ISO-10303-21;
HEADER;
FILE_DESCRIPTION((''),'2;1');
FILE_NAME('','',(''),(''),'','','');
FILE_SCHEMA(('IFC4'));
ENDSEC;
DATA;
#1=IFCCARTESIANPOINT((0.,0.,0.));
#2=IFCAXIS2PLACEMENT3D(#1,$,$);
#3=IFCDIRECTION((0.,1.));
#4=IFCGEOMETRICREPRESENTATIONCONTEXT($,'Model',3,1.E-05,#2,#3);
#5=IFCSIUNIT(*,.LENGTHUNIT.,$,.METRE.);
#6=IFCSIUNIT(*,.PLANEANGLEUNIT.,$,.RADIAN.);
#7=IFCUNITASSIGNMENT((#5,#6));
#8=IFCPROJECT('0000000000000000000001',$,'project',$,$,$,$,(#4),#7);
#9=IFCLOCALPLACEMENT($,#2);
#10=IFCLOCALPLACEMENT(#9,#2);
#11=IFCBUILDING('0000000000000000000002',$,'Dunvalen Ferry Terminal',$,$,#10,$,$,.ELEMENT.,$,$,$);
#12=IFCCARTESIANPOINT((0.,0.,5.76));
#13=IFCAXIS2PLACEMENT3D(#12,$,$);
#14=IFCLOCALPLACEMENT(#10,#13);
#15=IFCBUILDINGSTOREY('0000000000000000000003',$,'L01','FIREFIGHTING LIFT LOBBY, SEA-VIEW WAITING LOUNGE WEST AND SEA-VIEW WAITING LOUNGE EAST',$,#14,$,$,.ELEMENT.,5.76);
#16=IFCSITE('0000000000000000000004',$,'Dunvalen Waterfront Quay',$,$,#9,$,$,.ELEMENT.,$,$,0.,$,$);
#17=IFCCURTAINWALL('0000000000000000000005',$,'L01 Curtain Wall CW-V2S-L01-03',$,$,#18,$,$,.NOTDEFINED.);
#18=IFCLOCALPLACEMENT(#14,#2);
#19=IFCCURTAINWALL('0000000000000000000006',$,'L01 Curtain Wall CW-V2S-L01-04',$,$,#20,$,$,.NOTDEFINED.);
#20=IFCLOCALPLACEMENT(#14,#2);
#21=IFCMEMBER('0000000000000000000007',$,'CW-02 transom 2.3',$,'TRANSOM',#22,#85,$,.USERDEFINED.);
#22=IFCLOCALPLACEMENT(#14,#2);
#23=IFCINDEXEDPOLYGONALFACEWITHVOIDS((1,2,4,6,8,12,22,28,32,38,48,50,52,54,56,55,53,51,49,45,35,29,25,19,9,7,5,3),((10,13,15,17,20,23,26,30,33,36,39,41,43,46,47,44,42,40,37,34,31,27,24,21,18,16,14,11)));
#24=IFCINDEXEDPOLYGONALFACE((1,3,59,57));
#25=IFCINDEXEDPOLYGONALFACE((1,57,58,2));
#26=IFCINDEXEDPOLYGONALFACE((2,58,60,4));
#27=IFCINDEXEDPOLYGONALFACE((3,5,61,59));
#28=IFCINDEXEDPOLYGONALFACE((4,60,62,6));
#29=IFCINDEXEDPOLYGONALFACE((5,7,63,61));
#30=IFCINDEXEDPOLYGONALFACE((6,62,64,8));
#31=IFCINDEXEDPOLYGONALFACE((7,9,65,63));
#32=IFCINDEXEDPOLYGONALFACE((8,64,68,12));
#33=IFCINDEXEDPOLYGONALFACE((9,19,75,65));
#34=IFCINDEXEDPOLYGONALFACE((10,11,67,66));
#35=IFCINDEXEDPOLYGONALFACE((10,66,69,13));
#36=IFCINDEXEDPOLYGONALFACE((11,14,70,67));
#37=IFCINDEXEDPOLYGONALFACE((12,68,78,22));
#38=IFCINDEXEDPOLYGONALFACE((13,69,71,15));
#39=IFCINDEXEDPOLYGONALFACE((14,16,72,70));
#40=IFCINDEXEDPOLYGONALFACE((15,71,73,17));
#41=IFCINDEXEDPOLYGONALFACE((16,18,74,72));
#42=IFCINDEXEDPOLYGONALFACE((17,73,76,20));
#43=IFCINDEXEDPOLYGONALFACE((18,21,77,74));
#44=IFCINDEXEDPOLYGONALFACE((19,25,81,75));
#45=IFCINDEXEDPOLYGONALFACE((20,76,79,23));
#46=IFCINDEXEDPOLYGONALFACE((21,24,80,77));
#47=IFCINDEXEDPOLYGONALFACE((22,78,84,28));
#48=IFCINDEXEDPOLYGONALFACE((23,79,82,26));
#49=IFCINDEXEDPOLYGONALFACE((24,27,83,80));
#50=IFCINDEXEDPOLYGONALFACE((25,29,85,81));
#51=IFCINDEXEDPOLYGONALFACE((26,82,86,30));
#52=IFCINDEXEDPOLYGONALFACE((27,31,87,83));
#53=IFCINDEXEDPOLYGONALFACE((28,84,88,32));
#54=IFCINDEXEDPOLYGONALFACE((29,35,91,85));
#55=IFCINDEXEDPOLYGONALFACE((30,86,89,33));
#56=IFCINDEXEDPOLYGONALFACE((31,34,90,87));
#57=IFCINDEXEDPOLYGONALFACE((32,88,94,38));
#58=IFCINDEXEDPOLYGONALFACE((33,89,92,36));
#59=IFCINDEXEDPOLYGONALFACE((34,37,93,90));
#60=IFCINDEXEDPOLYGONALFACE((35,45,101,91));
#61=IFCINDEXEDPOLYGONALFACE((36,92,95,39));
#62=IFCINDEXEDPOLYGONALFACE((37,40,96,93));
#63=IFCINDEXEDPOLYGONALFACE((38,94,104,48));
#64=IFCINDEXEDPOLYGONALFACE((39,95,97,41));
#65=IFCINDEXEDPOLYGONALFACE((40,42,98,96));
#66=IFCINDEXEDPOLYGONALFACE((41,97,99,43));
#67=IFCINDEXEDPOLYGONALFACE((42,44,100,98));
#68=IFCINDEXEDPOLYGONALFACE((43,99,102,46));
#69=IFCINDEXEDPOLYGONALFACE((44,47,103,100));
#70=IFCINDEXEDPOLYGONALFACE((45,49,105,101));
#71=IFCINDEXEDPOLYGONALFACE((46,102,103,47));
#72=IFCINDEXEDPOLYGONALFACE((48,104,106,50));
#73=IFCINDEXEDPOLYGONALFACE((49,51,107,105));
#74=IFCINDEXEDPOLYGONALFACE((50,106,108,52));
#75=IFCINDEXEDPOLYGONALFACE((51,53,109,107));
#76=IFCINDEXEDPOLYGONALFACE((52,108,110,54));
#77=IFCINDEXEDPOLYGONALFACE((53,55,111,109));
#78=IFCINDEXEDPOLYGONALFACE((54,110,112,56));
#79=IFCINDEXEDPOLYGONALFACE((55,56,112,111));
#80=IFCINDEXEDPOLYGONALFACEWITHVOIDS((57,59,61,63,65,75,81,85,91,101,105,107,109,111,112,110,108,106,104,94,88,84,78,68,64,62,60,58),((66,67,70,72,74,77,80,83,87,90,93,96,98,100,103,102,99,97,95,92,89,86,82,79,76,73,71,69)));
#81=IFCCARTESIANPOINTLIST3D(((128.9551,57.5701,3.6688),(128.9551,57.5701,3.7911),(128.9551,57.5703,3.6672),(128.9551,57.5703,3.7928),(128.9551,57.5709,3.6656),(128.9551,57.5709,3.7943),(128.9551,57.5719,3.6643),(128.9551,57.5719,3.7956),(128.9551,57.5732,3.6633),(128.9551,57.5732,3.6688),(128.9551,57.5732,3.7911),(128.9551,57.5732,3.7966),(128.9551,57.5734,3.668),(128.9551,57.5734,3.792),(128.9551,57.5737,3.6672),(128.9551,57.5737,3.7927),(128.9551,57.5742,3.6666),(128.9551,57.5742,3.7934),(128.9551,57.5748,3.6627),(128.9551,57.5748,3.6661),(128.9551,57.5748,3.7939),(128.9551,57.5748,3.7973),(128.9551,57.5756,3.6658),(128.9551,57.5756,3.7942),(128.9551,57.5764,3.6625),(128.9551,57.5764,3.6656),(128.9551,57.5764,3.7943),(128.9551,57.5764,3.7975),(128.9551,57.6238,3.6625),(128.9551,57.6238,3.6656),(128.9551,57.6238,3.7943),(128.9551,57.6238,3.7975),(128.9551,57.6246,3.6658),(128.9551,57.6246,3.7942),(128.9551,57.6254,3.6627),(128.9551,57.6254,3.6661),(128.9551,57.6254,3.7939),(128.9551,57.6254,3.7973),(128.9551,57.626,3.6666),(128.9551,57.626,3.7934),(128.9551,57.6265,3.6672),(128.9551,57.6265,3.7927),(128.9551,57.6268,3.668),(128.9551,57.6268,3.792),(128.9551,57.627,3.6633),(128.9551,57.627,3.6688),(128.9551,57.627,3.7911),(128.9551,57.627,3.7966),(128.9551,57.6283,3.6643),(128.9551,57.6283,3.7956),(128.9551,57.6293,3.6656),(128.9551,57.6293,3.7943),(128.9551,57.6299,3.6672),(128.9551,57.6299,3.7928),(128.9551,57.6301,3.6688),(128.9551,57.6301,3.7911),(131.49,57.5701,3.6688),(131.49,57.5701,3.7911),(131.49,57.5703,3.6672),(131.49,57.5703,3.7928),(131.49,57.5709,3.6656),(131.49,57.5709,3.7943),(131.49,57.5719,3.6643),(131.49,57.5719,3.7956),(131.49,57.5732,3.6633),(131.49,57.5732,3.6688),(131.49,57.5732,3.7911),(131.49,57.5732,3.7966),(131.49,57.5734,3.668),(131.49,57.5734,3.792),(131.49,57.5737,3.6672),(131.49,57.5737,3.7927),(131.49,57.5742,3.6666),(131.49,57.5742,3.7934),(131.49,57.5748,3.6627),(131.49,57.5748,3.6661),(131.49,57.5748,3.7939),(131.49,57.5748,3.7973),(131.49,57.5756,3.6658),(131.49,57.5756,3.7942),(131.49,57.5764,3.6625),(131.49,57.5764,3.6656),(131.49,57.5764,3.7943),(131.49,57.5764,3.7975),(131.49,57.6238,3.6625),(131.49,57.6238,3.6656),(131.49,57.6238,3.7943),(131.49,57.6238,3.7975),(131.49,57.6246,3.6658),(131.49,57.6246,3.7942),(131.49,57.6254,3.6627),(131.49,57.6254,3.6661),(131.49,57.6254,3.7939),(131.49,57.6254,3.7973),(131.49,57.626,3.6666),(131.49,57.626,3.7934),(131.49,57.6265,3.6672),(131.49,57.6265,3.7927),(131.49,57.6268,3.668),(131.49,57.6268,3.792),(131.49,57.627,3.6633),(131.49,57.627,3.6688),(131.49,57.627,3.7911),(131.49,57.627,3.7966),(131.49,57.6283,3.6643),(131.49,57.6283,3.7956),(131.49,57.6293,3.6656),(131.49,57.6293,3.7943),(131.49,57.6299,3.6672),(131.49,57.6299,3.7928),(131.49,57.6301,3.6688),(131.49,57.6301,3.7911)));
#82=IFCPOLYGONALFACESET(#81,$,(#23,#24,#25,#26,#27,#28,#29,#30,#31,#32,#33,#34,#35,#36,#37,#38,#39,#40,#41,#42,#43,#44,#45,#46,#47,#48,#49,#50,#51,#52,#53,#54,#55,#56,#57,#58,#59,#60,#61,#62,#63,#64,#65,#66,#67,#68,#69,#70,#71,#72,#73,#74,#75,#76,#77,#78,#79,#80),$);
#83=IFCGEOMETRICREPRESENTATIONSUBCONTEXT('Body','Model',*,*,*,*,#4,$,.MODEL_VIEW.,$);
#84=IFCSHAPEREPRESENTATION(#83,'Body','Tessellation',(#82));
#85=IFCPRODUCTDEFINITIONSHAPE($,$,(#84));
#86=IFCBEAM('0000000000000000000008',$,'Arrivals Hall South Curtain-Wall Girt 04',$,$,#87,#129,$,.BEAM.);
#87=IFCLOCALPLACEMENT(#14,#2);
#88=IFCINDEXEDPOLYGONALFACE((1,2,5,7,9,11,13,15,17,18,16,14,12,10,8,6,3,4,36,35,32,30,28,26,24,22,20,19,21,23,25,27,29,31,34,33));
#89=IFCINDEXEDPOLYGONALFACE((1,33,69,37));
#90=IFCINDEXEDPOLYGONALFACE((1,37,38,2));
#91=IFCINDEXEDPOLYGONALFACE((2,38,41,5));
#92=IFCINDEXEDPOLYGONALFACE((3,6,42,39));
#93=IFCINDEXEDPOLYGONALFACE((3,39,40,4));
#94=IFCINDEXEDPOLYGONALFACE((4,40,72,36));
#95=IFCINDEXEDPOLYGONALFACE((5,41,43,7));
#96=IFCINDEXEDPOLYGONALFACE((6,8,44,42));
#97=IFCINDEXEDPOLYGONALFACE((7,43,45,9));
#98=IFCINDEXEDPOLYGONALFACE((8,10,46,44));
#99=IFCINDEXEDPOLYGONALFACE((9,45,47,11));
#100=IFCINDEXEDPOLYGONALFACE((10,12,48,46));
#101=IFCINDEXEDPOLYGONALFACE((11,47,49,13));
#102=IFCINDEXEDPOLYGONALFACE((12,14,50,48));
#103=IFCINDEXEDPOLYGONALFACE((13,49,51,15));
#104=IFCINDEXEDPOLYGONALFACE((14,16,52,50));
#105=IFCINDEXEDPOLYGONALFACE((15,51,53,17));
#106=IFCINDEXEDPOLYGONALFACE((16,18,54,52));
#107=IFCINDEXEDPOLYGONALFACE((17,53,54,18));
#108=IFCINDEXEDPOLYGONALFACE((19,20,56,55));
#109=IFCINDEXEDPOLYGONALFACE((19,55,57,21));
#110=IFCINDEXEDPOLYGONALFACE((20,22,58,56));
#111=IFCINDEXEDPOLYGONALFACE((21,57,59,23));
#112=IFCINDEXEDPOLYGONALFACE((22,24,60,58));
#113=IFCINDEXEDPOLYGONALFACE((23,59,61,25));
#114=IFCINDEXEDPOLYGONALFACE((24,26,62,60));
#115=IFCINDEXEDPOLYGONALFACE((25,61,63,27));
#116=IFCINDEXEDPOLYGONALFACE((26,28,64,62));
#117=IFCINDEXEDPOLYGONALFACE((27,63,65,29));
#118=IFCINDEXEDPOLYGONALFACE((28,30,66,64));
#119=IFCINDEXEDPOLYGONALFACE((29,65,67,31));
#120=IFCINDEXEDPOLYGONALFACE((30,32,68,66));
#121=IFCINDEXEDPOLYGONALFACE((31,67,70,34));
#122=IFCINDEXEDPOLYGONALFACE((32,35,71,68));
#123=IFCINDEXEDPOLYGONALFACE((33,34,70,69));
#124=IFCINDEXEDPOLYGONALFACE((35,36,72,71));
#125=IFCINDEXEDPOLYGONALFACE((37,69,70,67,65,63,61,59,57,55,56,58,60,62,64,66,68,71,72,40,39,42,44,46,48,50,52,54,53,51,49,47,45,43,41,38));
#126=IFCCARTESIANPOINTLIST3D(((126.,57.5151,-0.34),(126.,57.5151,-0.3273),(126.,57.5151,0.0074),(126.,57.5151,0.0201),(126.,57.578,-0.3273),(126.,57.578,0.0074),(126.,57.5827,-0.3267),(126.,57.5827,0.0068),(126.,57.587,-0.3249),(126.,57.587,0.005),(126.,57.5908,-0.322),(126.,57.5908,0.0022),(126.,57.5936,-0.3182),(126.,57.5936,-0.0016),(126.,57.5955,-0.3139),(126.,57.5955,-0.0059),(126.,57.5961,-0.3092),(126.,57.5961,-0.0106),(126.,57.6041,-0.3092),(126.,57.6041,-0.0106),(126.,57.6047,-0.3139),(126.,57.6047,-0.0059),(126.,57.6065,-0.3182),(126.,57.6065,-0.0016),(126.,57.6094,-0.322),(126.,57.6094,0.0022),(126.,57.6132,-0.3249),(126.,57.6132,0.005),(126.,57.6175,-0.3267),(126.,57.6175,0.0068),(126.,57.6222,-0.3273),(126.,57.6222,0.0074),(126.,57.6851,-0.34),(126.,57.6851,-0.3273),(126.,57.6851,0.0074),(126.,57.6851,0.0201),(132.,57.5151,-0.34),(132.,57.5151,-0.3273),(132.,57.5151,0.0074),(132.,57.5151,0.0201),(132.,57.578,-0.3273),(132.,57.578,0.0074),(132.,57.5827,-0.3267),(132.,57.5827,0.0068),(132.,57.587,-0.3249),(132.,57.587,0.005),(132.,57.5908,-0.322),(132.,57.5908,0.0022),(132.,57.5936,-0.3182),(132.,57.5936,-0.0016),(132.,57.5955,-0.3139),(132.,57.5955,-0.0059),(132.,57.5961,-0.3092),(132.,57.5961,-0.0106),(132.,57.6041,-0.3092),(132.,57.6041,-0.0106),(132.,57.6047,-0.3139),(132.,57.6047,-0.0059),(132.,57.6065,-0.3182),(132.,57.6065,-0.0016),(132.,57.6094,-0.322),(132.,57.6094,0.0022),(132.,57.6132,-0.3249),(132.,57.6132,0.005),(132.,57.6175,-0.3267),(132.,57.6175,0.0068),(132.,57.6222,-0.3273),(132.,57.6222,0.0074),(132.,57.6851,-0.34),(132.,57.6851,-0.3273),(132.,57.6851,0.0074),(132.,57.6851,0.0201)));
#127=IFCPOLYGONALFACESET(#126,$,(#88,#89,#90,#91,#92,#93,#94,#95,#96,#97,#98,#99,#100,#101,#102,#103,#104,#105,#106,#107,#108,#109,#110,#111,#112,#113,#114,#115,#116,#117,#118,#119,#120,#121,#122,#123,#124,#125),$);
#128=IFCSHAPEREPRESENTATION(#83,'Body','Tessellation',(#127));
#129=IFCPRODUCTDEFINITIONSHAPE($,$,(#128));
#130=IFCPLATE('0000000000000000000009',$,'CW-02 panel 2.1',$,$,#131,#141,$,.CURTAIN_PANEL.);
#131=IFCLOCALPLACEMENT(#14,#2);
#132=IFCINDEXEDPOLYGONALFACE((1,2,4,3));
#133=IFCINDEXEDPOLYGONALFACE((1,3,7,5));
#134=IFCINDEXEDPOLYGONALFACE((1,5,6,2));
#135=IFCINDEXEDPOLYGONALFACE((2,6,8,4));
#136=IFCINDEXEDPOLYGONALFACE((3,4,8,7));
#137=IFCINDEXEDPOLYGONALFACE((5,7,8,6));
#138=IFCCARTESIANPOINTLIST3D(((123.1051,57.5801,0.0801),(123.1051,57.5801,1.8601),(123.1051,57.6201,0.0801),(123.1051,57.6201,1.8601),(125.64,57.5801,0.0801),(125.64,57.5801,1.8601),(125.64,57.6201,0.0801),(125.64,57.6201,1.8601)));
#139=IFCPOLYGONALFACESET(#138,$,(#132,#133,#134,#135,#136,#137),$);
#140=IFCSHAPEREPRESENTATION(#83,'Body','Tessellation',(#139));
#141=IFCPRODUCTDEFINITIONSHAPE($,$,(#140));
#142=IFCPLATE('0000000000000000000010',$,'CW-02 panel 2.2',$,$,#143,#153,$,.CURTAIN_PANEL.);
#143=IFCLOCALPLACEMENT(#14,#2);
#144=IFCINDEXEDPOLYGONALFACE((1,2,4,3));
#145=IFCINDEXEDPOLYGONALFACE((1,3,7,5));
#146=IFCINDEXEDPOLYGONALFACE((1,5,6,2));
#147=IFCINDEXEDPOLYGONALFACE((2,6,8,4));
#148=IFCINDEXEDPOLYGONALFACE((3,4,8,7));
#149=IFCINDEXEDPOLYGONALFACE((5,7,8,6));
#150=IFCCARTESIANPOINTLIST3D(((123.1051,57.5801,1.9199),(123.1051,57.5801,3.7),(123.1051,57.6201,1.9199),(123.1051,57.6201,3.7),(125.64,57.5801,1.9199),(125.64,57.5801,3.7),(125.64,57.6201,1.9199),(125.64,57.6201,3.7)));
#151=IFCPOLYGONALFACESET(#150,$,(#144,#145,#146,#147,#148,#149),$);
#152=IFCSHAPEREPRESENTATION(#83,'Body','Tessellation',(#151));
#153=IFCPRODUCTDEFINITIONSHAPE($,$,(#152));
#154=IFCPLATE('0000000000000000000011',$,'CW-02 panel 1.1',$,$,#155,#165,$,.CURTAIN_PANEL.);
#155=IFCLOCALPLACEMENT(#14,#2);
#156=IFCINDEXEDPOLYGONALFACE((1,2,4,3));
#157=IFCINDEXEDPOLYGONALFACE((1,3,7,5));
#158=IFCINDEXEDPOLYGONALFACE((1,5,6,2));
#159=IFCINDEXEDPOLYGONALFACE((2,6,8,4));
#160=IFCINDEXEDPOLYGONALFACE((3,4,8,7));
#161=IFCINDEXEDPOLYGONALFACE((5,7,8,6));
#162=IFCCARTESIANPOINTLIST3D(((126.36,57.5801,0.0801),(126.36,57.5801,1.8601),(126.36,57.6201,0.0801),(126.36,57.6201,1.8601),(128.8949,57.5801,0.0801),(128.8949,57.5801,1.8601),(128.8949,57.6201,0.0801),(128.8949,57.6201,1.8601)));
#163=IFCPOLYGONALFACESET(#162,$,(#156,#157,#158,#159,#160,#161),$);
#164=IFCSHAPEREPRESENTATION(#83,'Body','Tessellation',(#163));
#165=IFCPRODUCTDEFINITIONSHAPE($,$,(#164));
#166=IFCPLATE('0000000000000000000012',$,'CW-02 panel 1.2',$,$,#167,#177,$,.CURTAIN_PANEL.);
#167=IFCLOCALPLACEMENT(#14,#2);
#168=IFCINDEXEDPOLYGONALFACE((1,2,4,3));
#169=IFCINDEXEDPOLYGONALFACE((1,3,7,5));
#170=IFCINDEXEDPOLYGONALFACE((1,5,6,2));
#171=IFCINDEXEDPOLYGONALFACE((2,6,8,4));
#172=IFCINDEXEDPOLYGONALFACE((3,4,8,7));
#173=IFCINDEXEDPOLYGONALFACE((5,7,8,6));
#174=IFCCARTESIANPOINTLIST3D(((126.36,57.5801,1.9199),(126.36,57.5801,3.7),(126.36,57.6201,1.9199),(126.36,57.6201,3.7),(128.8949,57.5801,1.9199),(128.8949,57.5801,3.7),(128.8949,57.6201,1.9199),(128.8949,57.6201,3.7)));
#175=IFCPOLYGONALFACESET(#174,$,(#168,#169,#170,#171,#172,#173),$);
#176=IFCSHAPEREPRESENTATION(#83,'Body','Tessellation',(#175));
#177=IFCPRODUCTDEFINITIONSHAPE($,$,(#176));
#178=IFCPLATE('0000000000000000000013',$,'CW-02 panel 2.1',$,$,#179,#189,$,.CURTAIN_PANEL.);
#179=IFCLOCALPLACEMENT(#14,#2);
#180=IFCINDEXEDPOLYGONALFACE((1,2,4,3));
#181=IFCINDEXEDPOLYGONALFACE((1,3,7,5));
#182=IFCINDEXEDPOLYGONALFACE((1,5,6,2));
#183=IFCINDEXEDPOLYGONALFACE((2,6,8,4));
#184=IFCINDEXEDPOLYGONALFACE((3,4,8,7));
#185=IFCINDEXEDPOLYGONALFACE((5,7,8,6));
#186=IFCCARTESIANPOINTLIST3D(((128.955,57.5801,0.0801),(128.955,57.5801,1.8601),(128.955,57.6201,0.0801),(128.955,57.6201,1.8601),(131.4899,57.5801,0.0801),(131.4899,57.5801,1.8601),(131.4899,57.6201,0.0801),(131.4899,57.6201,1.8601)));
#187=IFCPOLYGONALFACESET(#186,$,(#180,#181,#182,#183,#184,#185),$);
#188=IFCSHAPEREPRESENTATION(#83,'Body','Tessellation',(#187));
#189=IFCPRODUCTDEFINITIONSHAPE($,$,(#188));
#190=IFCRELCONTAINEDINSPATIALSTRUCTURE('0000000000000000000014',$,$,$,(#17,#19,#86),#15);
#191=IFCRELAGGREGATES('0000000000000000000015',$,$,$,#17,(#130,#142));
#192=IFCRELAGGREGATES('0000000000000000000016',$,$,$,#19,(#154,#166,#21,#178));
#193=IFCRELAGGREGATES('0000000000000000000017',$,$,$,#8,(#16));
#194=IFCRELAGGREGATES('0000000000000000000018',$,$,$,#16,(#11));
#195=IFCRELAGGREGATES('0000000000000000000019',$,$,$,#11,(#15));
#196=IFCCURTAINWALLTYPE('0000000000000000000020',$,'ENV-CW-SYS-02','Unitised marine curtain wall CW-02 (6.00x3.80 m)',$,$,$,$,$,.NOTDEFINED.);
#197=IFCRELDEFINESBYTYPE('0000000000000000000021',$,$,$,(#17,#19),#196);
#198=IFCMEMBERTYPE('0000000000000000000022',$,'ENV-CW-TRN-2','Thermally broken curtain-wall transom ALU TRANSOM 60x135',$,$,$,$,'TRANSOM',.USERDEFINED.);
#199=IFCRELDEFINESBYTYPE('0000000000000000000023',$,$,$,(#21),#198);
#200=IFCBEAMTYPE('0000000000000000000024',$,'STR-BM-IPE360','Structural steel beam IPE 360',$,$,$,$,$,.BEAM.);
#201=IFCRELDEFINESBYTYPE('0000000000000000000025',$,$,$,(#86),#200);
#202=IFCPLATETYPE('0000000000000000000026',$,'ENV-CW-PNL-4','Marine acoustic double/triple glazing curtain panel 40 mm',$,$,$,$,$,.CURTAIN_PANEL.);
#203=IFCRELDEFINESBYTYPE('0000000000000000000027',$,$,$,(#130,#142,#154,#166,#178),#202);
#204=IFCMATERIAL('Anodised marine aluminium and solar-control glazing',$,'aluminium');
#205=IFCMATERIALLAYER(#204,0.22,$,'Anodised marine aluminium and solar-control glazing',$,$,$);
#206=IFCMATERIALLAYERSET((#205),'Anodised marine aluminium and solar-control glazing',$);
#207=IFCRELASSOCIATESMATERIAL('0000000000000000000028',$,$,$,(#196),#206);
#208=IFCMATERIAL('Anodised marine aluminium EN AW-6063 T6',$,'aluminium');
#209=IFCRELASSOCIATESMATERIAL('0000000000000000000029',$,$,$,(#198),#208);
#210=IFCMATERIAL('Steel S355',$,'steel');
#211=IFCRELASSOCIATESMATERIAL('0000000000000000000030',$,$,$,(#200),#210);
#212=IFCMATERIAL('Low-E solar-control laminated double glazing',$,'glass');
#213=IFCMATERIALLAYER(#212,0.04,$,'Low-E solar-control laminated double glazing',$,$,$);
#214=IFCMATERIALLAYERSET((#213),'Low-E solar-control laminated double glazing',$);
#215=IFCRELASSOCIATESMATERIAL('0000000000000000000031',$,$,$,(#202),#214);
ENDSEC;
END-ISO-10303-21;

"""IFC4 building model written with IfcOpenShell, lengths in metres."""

from ifc_helpers import new_model, si_unit, direction, frame, origin, origin_2d, place, context, subcontext, project, spatial, rectangle, hollow_rectangle, i_section, extrude, material, layer, layer_set, material_profile, profile_set, type_object, element, aggregate, save


model = new_model("IFC4")

# Units and contexts
model_context = context("Model", 3, precision=1e-05, world=origin(), true_north=direction((0.0, 1.0)))
body_context = subcontext(model_context, "Body", "Model", "MODEL_VIEW")
ifc_project = project(units=[si_unit("LENGTHUNIT", "METRE"), si_unit("PLANEANGLEUNIT", "RADIAN")], contexts=[model_context])

# Site, building, storey
site_placement = place(None, origin())
site = spatial("IfcSite", under=ifc_project, at=site_placement, Name="Dunvalen Waterfront Quay", CompositionType="ELEMENT", RefElevation=0.0)
building_placement = place(site_placement, origin())
building = spatial("IfcBuilding", under=site, at=building_placement, Name="Dunvalen Ferry Terminal", CompositionType="ELEMENT")
storey_placement = place(building_placement, frame((0.0, 0.0, 5.76)))
storey = spatial("IfcBuildingStorey", under=building, at=storey_placement, Name="L01", Description="FIREFIGHTING LIFT LOBBY, SEA-VIEW WAITING LOUNGE WEST AND SEA-VIEW WAITING LOUNGE EAST", CompositionType="ELEMENT", Elevation=5.76)

# Curtain wall
ifc_material_1 = material(Name="Anodised marine aluminium and solar-control glazing", Category="aluminium")
ifc_layer_1 = layer(ifc_material_1, 0.22, Name="Anodised marine aluminium and solar-control glazing")
ifc_layer_set_1 = layer_set([ifc_layer_1], Name="Anodised marine aluminium and solar-control glazing")
curtain_wall_type = type_object("IfcCurtainWallType", Name="ENV-CW-SYS-02", Description="Unitised marine curtain wall CW-02 (6.00x3.80 m)", PredefinedType="NOTDEFINED", material=ifc_layer_set_1)
curtain_wall_1_placement = place(storey_placement, origin())
curtain_wall_1 = element("IfcCurtainWall", 1, at=curtain_wall_1_placement, inside=storey, type_object=curtain_wall_type, Name="L01 Curtain Wall CW-V2S-L01-03", PredefinedType="NOTDEFINED")
ifc_material_2 = material(Name="Anodised marine aluminium EN AW-6063 T6", Category="aluminium")

# Curtain wall
curtain_wall_2_placement = place(storey_placement, origin())
curtain_wall_2 = element("IfcCurtainWall", 2, at=curtain_wall_2_placement, inside=storey, type_object=curtain_wall_type, Name="L01 Curtain Wall CW-V2S-L01-04", PredefinedType="NOTDEFINED")

# Member
ifc_material_profile_1 = material_profile(ifc_material_2, hollow_rectangle(XDim=0.0601, YDim=0.135, WallThickness=0.0032, InnerFilletRadius=0.0032, OuterFilletRadius=0.0063, at=origin_2d()), Name="Anodised marine aluminium EN AW-6063 T6")
ifc_profile_set_1 = profile_set([ifc_material_profile_1], Name="Anodised marine aluminium EN AW-6063 T6")
member_type_1 = type_object("IfcMemberType", Name="ENV-CW-TRN-2", Description="Thermally broken curtain-wall transom ALU TRANSOM 60x135", ElementType="TRANSOM", PredefinedType="USERDEFINED", material=ifc_profile_set_1)
member_1_placement = place(storey_placement, frame((128.9551, 57.6001, 3.73), z_axis=(1.0, 0.0, 0.0), x_axis=(0.0, 1.0, 0.0)))
member_1 = element("IfcMember", 3, at=member_1_placement, type_object=member_type_1, Name="CW-02 transom 2.3", ObjectType="TRANSOM", PredefinedType="USERDEFINED", context=body_context, shape_type="SweptSolid", body=[
    extrude(hollow_rectangle(XDim=0.0601, YDim=0.135, WallThickness=0.0032, InnerFilletRadius=0.0032, OuterFilletRadius=0.0063, at=origin_2d()), origin(), (0.0, 0.0, 1.0), 2.5349),
])

# Beam
ifc_material_3 = material(Name="Steel S355", Category="steel")
ifc_material_profile_2 = material_profile(ifc_material_3, i_section(OverallWidth=0.1699, OverallDepth=0.3601, WebThickness=0.0081, FlangeThickness=0.0127, FilletRadius=0.0181, at=origin_2d()), Name="Steel S355")
ifc_profile_set_2 = profile_set([ifc_material_profile_2], Name="Steel S355")
beam_type = type_object("IfcBeamType", Name="STR-BM-IPE360", Description="Structural steel beam IPE 360", PredefinedType="BEAM", material=ifc_profile_set_2)
beam_placement = place(storey_placement, frame((126.0, 57.6001, -0.1599), z_axis=(1.0, 0.0, 0.0), x_axis=(0.0, 1.0, 0.0)))
element("IfcBeam", 4, at=beam_placement, inside=storey, type_object=beam_type, Name="Arrivals Hall South Curtain-Wall Girt 04", PredefinedType="BEAM", context=body_context, shape_type="SweptSolid", body=[
    extrude(i_section(OverallWidth=0.1699, OverallDepth=0.3601, WebThickness=0.0081, FlangeThickness=0.0127, FilletRadius=0.0181, at=origin_2d()), origin(), (0.0, 0.0, 1.0), 6.0),
])

# Plates
ifc_material_4 = material(Name="Low-E solar-control laminated double glazing", Category="glass")
ifc_layer_2 = layer(ifc_material_4, 0.04, Name="Low-E solar-control laminated double glazing")
ifc_layer_set_2 = layer_set([ifc_layer_2], Name="Low-E solar-control laminated double glazing")
plate_type = type_object("IfcPlateType", Name="ENV-CW-PNL-4", Description="Marine acoustic double/triple glazing curtain panel 40 mm", PredefinedType="CURTAIN_PANEL", material=ifc_layer_set_2)
plate_1_placement = place(storey_placement, frame((124.3726, 57.6001, 0.0801), z_axis=(0.0, 0.0, 1.0), x_axis=(1.0, 0.0, 0.0)))
plate_1 = element("IfcPlate", 5, at=plate_1_placement, type_object=plate_type, Name="CW-02 panel 2.1", PredefinedType="CURTAIN_PANEL", context=body_context, shape_type="SweptSolid", body=[
    extrude(rectangle(XDim=2.5349, YDim=0.04, at=origin_2d()), origin(), (0.0, 0.0, 1.0), 1.78),
])
plate_2_placement = place(storey_placement, frame((124.3726, 57.6001, 1.9199), z_axis=(0.0, 0.0, 1.0), x_axis=(1.0, 0.0, 0.0)))
plate_2 = element("IfcPlate", 6, at=plate_2_placement, type_object=plate_type, Name="CW-02 panel 2.2", PredefinedType="CURTAIN_PANEL", context=body_context, shape_type="SweptSolid", body=[
    extrude(rectangle(XDim=2.5349, YDim=0.04, at=origin_2d()), origin(), (0.0, 0.0, 1.0), 1.78),
])
aggregate(curtain_wall_1, [plate_1, plate_2])
plate_3_placement = place(storey_placement, frame((127.6274, 57.6001, 0.0801), z_axis=(0.0, 0.0, 1.0), x_axis=(1.0, 0.0, 0.0)))
plate_3 = element("IfcPlate", 7, at=plate_3_placement, type_object=plate_type, Name="CW-02 panel 1.1", PredefinedType="CURTAIN_PANEL", context=body_context, shape_type="SweptSolid", body=[
    extrude(rectangle(XDim=2.5349, YDim=0.04, at=origin_2d()), origin(), (0.0, 0.0, 1.0), 1.78),
])
plate_4_placement = place(storey_placement, frame((127.6274, 57.6001, 1.9199), z_axis=(0.0, 0.0, 1.0), x_axis=(1.0, 0.0, 0.0)))
plate_4 = element("IfcPlate", 8, at=plate_4_placement, type_object=plate_type, Name="CW-02 panel 1.2", PredefinedType="CURTAIN_PANEL", context=body_context, shape_type="SweptSolid", body=[
    extrude(rectangle(XDim=2.5349, YDim=0.04, at=origin_2d()), origin(), (0.0, 0.0, 1.0), 1.78),
])
plate_5_placement = place(storey_placement, frame((130.2224, 57.6001, 0.0801), z_axis=(0.0, 0.0, 1.0), x_axis=(1.0, 0.0, 0.0)))
plate_5 = element("IfcPlate", 9, at=plate_5_placement, type_object=plate_type, Name="CW-02 panel 2.1", PredefinedType="CURTAIN_PANEL", context=body_context, shape_type="SweptSolid", body=[
    extrude(rectangle(XDim=2.5349, YDim=0.04, at=origin_2d()), origin(), (0.0, 0.0, 1.0), 1.78),
])
aggregate(curtain_wall_2, [plate_3, plate_4, member_1, plate_5])

save(model, "model.ifc")
